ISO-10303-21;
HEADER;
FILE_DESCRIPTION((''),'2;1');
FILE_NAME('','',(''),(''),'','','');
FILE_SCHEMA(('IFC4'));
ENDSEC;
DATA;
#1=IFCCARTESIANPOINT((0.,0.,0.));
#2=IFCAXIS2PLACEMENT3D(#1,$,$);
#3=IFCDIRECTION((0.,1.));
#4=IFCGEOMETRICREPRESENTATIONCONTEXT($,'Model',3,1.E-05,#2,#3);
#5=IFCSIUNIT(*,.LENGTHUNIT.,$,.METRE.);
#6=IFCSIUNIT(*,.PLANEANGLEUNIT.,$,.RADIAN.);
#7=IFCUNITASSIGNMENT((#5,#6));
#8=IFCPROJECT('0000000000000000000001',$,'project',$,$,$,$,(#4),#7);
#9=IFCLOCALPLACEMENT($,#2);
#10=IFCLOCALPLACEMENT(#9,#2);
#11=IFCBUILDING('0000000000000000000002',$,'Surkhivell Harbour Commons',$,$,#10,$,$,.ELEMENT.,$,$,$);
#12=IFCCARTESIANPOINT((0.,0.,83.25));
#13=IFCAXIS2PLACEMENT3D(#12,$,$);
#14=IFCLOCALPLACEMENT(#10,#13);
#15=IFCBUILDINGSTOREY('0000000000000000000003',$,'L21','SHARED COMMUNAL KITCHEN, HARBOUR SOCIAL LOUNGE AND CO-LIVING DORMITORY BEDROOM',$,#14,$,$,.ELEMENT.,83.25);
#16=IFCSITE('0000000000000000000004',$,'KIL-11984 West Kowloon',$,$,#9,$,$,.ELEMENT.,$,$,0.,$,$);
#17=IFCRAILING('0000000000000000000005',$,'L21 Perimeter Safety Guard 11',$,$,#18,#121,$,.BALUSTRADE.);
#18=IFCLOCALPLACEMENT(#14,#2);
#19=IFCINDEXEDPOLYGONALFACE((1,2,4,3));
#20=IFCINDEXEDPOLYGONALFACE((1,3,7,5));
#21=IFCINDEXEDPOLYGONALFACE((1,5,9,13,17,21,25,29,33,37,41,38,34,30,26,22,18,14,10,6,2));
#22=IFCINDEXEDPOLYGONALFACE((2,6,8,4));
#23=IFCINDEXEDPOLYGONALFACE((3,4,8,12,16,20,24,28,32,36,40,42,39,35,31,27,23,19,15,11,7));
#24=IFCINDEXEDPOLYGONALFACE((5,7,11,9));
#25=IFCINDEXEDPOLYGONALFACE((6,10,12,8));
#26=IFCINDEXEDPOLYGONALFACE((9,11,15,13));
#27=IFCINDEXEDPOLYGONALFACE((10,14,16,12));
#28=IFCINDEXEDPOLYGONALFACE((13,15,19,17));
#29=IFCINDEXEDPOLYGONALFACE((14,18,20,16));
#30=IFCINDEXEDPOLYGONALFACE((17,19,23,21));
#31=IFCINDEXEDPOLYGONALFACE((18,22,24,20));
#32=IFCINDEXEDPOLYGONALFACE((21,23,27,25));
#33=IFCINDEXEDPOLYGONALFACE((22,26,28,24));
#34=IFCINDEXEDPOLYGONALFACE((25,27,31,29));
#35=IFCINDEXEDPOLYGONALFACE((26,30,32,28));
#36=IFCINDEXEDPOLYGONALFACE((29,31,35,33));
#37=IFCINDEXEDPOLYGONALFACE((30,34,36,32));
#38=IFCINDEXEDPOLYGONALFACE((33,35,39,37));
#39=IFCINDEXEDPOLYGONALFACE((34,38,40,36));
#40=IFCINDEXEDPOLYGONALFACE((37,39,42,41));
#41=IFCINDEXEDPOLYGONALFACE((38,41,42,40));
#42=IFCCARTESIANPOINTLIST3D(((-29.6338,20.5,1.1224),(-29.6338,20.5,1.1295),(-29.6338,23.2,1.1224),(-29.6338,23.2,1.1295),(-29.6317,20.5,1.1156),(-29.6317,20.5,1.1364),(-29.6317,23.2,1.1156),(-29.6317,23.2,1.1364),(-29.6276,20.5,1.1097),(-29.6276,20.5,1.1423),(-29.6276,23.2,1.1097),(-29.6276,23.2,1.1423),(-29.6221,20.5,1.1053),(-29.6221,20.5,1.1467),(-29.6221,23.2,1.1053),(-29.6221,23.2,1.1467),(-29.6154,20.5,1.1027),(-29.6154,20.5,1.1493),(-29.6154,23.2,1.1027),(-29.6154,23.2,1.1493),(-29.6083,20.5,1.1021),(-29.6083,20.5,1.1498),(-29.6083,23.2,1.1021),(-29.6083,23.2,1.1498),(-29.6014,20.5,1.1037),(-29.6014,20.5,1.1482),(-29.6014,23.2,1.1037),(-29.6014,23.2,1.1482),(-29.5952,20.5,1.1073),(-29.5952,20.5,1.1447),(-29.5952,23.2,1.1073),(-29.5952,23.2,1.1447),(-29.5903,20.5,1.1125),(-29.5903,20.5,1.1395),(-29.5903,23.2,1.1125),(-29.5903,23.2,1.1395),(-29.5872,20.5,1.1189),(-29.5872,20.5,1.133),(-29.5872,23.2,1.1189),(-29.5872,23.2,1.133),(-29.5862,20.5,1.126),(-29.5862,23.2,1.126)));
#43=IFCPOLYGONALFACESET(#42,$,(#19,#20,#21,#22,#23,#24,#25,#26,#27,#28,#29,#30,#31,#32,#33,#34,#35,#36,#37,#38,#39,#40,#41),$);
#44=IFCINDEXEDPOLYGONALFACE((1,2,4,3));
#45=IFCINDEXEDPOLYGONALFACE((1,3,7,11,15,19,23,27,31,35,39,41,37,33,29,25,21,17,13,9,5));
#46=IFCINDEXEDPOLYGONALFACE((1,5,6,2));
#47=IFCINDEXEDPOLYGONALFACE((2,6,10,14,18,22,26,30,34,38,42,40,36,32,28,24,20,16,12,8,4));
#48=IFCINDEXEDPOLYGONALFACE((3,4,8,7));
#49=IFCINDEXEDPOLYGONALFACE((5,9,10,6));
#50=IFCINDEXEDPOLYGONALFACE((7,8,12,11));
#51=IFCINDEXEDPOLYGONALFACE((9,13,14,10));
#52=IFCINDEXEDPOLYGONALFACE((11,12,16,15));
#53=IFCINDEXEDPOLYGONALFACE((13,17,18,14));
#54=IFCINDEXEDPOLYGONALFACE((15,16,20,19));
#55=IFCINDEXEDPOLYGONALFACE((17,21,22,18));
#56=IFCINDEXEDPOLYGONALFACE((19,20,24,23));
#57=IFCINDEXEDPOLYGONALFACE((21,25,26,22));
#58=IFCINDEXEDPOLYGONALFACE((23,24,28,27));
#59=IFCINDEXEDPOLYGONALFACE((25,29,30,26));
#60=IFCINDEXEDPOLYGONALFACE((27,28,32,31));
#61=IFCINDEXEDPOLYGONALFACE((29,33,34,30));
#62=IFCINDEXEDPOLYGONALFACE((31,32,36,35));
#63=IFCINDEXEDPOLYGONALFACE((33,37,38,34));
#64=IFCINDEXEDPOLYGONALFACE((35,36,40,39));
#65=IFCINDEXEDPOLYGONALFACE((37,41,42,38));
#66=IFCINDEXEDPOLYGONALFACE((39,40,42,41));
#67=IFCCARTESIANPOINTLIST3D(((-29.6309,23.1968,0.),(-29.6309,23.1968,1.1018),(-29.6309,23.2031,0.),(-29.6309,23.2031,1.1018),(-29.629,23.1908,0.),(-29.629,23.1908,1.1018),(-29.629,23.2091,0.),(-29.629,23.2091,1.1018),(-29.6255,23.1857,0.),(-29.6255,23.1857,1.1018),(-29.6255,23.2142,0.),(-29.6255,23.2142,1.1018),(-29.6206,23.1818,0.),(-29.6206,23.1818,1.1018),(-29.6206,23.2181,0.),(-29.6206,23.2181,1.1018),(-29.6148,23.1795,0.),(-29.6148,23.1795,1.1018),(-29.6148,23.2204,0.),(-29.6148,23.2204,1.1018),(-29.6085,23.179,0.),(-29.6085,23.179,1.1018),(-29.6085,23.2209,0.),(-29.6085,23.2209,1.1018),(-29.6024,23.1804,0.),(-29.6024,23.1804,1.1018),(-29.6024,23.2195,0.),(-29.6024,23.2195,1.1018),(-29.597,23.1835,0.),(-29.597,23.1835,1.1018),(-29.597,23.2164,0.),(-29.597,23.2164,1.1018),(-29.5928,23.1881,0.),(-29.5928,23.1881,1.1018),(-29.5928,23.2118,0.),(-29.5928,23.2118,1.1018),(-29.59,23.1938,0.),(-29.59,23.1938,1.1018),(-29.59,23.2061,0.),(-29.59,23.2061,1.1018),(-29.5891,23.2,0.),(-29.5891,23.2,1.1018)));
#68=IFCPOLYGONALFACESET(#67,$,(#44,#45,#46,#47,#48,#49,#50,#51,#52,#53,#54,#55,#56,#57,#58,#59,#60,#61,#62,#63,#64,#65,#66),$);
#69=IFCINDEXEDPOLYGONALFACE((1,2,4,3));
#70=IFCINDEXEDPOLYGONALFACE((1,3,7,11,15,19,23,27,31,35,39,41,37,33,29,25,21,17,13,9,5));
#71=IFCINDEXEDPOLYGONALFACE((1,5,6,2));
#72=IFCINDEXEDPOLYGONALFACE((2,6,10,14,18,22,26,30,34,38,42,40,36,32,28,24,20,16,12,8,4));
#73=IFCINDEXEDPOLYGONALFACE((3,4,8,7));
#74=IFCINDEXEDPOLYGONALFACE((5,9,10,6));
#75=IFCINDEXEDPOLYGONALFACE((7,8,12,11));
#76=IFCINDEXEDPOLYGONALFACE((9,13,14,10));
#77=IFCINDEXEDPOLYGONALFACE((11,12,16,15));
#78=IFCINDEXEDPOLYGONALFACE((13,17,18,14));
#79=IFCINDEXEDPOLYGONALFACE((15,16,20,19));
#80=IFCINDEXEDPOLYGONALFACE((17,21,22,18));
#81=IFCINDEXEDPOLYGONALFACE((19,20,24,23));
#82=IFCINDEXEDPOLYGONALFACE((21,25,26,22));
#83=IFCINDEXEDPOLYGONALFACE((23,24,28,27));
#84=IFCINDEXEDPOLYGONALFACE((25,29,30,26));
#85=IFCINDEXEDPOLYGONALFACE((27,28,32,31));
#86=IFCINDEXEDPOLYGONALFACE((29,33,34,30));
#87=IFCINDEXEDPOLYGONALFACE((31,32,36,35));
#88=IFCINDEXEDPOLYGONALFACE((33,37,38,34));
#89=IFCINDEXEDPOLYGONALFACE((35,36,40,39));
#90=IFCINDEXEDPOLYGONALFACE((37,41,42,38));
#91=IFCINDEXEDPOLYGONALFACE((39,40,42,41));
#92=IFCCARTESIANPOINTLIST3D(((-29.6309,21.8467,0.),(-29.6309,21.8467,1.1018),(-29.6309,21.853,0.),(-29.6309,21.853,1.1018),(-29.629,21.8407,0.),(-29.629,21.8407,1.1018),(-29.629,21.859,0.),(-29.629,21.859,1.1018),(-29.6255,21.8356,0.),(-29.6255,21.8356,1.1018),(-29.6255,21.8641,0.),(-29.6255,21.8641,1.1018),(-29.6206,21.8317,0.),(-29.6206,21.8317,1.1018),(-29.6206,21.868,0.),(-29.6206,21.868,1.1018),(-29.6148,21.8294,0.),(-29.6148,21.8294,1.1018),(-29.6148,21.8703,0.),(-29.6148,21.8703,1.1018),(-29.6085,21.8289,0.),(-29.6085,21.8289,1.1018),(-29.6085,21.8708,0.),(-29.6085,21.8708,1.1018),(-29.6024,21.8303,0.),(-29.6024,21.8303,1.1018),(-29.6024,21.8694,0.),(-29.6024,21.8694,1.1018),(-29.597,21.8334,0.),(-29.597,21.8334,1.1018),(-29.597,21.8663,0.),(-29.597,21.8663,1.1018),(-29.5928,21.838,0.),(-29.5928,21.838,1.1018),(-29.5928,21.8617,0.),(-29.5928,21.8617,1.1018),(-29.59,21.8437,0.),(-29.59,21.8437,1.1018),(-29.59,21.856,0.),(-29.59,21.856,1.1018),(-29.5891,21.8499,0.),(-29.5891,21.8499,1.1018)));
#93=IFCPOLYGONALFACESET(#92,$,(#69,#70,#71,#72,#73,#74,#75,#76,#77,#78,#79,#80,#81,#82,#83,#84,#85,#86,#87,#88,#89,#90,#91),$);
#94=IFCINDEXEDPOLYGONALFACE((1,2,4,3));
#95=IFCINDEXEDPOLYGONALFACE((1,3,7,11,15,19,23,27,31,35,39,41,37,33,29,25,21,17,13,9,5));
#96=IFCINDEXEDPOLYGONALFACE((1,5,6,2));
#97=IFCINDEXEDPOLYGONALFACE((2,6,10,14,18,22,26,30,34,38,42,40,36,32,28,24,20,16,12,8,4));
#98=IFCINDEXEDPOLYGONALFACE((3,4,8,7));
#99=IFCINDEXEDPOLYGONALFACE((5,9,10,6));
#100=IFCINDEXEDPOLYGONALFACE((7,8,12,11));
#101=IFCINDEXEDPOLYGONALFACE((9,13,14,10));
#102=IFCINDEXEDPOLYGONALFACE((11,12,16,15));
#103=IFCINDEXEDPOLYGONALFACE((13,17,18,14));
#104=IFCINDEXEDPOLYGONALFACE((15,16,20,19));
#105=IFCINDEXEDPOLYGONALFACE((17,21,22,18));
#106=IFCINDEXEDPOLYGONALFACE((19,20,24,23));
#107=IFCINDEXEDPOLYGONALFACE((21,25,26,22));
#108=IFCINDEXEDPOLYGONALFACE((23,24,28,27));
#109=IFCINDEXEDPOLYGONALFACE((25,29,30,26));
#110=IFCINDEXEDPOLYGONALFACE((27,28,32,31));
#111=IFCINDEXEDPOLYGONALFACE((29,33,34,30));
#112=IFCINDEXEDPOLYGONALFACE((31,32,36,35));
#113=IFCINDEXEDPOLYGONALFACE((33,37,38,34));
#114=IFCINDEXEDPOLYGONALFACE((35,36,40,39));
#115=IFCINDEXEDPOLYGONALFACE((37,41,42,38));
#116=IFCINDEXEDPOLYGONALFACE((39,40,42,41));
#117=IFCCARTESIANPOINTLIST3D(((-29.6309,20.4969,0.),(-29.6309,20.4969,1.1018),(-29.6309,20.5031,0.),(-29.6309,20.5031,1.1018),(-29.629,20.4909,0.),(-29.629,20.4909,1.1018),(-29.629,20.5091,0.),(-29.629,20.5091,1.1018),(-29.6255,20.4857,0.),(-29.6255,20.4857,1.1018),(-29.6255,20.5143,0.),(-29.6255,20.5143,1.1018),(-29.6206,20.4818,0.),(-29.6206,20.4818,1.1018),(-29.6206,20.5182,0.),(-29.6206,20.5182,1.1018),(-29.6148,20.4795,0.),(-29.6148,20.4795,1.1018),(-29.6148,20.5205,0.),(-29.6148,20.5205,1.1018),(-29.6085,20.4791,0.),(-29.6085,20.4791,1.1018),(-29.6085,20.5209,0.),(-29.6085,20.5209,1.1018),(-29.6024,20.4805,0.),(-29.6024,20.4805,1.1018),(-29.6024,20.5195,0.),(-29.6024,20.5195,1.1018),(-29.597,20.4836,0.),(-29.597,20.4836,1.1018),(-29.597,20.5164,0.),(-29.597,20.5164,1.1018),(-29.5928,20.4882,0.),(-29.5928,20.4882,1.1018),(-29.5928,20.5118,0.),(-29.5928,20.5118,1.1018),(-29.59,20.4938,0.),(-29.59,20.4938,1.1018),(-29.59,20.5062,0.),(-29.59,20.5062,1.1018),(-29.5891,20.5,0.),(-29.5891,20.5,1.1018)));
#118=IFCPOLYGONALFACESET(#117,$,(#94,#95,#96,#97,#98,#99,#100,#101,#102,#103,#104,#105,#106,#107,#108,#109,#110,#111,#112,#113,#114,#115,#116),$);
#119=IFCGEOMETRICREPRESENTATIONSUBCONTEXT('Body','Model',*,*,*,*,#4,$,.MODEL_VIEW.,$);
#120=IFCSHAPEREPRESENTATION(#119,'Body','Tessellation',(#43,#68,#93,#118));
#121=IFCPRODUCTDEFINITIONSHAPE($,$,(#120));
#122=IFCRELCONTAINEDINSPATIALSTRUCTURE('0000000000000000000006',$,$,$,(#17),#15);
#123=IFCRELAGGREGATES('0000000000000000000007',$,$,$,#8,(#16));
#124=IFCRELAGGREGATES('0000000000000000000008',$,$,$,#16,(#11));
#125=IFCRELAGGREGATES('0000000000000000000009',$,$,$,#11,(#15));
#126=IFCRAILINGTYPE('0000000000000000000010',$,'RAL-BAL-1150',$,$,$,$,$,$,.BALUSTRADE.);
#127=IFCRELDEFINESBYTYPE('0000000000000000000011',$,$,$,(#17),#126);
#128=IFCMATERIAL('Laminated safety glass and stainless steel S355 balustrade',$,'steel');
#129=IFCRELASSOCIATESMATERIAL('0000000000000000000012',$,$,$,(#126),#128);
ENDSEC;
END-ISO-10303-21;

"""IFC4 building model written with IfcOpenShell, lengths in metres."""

from ifc_helpers import new_model, si_unit, direction, frame, origin, origin_2d, place, context, subcontext, project, spatial, circle, extrude, material, type_object, element, save


model = new_model("IFC4")

# Units and contexts
model_context = context("Model", 3, precision=1e-05, world=origin(), true_north=direction((0.0, 1.0)))
body_context = subcontext(model_context, "Body", "Model", "MODEL_VIEW")
ifc_project = project(units=[si_unit("LENGTHUNIT", "METRE"), si_unit("PLANEANGLEUNIT", "RADIAN")], contexts=[model_context])

# Site, building, storey
site_placement = place(None, origin())
site = spatial("IfcSite", under=ifc_project, at=site_placement, Name="KIL-11984 West Kowloon", CompositionType="ELEMENT", RefElevation=0.0)
building_placement = place(site_placement, origin())
building = spatial("IfcBuilding", under=site, at=building_placement, Name="Surkhivell Harbour Commons", CompositionType="ELEMENT")
storey_placement = place(building_placement, frame((0.0, 0.0, 83.25)))
storey = spatial("IfcBuildingStorey", under=building, at=storey_placement, Name="L21", Description="SHARED COMMUNAL KITCHEN, HARBOUR SOCIAL LOUNGE AND CO-LIVING DORMITORY BEDROOM", CompositionType="ELEMENT", Elevation=83.25)

# Railing
ifc_material_1 = material(Name="Laminated safety glass and stainless steel S355 balustrade", Category="steel")
railing_type = type_object("IfcRailingType", Name="RAL-BAL-1150", PredefinedType="BALUSTRADE", material=ifc_material_1)
railing_1_placement = place(storey_placement, frame((-29.6101, 23.2, 0.0)))
element("IfcRailing", 1, at=railing_1_placement, inside=storey, type_object=railing_type, Name="L21 Perimeter Safety Guard 11", PredefinedType="BALUSTRADE", context=body_context, shape_type="SweptSolid", body=[
    extrude(circle(Radius=0.0239, at=origin_2d()), frame((0.0, 0.0, 1.126), z_axis=(0.0, -1.0, 0.0), x_axis=(1.0, 0.0, 0.0)), (0.0, 0.0, 1.0), 2.7),
    extrude(circle(Radius=0.021, at=origin_2d()), origin(), (0.0, 0.0, 1.0), 1.1018),
    extrude(circle(Radius=0.021, at=origin_2d()), frame((0.0, -1.3501, 0.0)), (0.0, 0.0, 1.0), 1.1018),
    extrude(circle(Radius=0.021, at=origin_2d()), frame((0.0, -2.7, 0.0)), (0.0, 0.0, 1.0), 1.1018),
])

save(model, "model.ifc")
